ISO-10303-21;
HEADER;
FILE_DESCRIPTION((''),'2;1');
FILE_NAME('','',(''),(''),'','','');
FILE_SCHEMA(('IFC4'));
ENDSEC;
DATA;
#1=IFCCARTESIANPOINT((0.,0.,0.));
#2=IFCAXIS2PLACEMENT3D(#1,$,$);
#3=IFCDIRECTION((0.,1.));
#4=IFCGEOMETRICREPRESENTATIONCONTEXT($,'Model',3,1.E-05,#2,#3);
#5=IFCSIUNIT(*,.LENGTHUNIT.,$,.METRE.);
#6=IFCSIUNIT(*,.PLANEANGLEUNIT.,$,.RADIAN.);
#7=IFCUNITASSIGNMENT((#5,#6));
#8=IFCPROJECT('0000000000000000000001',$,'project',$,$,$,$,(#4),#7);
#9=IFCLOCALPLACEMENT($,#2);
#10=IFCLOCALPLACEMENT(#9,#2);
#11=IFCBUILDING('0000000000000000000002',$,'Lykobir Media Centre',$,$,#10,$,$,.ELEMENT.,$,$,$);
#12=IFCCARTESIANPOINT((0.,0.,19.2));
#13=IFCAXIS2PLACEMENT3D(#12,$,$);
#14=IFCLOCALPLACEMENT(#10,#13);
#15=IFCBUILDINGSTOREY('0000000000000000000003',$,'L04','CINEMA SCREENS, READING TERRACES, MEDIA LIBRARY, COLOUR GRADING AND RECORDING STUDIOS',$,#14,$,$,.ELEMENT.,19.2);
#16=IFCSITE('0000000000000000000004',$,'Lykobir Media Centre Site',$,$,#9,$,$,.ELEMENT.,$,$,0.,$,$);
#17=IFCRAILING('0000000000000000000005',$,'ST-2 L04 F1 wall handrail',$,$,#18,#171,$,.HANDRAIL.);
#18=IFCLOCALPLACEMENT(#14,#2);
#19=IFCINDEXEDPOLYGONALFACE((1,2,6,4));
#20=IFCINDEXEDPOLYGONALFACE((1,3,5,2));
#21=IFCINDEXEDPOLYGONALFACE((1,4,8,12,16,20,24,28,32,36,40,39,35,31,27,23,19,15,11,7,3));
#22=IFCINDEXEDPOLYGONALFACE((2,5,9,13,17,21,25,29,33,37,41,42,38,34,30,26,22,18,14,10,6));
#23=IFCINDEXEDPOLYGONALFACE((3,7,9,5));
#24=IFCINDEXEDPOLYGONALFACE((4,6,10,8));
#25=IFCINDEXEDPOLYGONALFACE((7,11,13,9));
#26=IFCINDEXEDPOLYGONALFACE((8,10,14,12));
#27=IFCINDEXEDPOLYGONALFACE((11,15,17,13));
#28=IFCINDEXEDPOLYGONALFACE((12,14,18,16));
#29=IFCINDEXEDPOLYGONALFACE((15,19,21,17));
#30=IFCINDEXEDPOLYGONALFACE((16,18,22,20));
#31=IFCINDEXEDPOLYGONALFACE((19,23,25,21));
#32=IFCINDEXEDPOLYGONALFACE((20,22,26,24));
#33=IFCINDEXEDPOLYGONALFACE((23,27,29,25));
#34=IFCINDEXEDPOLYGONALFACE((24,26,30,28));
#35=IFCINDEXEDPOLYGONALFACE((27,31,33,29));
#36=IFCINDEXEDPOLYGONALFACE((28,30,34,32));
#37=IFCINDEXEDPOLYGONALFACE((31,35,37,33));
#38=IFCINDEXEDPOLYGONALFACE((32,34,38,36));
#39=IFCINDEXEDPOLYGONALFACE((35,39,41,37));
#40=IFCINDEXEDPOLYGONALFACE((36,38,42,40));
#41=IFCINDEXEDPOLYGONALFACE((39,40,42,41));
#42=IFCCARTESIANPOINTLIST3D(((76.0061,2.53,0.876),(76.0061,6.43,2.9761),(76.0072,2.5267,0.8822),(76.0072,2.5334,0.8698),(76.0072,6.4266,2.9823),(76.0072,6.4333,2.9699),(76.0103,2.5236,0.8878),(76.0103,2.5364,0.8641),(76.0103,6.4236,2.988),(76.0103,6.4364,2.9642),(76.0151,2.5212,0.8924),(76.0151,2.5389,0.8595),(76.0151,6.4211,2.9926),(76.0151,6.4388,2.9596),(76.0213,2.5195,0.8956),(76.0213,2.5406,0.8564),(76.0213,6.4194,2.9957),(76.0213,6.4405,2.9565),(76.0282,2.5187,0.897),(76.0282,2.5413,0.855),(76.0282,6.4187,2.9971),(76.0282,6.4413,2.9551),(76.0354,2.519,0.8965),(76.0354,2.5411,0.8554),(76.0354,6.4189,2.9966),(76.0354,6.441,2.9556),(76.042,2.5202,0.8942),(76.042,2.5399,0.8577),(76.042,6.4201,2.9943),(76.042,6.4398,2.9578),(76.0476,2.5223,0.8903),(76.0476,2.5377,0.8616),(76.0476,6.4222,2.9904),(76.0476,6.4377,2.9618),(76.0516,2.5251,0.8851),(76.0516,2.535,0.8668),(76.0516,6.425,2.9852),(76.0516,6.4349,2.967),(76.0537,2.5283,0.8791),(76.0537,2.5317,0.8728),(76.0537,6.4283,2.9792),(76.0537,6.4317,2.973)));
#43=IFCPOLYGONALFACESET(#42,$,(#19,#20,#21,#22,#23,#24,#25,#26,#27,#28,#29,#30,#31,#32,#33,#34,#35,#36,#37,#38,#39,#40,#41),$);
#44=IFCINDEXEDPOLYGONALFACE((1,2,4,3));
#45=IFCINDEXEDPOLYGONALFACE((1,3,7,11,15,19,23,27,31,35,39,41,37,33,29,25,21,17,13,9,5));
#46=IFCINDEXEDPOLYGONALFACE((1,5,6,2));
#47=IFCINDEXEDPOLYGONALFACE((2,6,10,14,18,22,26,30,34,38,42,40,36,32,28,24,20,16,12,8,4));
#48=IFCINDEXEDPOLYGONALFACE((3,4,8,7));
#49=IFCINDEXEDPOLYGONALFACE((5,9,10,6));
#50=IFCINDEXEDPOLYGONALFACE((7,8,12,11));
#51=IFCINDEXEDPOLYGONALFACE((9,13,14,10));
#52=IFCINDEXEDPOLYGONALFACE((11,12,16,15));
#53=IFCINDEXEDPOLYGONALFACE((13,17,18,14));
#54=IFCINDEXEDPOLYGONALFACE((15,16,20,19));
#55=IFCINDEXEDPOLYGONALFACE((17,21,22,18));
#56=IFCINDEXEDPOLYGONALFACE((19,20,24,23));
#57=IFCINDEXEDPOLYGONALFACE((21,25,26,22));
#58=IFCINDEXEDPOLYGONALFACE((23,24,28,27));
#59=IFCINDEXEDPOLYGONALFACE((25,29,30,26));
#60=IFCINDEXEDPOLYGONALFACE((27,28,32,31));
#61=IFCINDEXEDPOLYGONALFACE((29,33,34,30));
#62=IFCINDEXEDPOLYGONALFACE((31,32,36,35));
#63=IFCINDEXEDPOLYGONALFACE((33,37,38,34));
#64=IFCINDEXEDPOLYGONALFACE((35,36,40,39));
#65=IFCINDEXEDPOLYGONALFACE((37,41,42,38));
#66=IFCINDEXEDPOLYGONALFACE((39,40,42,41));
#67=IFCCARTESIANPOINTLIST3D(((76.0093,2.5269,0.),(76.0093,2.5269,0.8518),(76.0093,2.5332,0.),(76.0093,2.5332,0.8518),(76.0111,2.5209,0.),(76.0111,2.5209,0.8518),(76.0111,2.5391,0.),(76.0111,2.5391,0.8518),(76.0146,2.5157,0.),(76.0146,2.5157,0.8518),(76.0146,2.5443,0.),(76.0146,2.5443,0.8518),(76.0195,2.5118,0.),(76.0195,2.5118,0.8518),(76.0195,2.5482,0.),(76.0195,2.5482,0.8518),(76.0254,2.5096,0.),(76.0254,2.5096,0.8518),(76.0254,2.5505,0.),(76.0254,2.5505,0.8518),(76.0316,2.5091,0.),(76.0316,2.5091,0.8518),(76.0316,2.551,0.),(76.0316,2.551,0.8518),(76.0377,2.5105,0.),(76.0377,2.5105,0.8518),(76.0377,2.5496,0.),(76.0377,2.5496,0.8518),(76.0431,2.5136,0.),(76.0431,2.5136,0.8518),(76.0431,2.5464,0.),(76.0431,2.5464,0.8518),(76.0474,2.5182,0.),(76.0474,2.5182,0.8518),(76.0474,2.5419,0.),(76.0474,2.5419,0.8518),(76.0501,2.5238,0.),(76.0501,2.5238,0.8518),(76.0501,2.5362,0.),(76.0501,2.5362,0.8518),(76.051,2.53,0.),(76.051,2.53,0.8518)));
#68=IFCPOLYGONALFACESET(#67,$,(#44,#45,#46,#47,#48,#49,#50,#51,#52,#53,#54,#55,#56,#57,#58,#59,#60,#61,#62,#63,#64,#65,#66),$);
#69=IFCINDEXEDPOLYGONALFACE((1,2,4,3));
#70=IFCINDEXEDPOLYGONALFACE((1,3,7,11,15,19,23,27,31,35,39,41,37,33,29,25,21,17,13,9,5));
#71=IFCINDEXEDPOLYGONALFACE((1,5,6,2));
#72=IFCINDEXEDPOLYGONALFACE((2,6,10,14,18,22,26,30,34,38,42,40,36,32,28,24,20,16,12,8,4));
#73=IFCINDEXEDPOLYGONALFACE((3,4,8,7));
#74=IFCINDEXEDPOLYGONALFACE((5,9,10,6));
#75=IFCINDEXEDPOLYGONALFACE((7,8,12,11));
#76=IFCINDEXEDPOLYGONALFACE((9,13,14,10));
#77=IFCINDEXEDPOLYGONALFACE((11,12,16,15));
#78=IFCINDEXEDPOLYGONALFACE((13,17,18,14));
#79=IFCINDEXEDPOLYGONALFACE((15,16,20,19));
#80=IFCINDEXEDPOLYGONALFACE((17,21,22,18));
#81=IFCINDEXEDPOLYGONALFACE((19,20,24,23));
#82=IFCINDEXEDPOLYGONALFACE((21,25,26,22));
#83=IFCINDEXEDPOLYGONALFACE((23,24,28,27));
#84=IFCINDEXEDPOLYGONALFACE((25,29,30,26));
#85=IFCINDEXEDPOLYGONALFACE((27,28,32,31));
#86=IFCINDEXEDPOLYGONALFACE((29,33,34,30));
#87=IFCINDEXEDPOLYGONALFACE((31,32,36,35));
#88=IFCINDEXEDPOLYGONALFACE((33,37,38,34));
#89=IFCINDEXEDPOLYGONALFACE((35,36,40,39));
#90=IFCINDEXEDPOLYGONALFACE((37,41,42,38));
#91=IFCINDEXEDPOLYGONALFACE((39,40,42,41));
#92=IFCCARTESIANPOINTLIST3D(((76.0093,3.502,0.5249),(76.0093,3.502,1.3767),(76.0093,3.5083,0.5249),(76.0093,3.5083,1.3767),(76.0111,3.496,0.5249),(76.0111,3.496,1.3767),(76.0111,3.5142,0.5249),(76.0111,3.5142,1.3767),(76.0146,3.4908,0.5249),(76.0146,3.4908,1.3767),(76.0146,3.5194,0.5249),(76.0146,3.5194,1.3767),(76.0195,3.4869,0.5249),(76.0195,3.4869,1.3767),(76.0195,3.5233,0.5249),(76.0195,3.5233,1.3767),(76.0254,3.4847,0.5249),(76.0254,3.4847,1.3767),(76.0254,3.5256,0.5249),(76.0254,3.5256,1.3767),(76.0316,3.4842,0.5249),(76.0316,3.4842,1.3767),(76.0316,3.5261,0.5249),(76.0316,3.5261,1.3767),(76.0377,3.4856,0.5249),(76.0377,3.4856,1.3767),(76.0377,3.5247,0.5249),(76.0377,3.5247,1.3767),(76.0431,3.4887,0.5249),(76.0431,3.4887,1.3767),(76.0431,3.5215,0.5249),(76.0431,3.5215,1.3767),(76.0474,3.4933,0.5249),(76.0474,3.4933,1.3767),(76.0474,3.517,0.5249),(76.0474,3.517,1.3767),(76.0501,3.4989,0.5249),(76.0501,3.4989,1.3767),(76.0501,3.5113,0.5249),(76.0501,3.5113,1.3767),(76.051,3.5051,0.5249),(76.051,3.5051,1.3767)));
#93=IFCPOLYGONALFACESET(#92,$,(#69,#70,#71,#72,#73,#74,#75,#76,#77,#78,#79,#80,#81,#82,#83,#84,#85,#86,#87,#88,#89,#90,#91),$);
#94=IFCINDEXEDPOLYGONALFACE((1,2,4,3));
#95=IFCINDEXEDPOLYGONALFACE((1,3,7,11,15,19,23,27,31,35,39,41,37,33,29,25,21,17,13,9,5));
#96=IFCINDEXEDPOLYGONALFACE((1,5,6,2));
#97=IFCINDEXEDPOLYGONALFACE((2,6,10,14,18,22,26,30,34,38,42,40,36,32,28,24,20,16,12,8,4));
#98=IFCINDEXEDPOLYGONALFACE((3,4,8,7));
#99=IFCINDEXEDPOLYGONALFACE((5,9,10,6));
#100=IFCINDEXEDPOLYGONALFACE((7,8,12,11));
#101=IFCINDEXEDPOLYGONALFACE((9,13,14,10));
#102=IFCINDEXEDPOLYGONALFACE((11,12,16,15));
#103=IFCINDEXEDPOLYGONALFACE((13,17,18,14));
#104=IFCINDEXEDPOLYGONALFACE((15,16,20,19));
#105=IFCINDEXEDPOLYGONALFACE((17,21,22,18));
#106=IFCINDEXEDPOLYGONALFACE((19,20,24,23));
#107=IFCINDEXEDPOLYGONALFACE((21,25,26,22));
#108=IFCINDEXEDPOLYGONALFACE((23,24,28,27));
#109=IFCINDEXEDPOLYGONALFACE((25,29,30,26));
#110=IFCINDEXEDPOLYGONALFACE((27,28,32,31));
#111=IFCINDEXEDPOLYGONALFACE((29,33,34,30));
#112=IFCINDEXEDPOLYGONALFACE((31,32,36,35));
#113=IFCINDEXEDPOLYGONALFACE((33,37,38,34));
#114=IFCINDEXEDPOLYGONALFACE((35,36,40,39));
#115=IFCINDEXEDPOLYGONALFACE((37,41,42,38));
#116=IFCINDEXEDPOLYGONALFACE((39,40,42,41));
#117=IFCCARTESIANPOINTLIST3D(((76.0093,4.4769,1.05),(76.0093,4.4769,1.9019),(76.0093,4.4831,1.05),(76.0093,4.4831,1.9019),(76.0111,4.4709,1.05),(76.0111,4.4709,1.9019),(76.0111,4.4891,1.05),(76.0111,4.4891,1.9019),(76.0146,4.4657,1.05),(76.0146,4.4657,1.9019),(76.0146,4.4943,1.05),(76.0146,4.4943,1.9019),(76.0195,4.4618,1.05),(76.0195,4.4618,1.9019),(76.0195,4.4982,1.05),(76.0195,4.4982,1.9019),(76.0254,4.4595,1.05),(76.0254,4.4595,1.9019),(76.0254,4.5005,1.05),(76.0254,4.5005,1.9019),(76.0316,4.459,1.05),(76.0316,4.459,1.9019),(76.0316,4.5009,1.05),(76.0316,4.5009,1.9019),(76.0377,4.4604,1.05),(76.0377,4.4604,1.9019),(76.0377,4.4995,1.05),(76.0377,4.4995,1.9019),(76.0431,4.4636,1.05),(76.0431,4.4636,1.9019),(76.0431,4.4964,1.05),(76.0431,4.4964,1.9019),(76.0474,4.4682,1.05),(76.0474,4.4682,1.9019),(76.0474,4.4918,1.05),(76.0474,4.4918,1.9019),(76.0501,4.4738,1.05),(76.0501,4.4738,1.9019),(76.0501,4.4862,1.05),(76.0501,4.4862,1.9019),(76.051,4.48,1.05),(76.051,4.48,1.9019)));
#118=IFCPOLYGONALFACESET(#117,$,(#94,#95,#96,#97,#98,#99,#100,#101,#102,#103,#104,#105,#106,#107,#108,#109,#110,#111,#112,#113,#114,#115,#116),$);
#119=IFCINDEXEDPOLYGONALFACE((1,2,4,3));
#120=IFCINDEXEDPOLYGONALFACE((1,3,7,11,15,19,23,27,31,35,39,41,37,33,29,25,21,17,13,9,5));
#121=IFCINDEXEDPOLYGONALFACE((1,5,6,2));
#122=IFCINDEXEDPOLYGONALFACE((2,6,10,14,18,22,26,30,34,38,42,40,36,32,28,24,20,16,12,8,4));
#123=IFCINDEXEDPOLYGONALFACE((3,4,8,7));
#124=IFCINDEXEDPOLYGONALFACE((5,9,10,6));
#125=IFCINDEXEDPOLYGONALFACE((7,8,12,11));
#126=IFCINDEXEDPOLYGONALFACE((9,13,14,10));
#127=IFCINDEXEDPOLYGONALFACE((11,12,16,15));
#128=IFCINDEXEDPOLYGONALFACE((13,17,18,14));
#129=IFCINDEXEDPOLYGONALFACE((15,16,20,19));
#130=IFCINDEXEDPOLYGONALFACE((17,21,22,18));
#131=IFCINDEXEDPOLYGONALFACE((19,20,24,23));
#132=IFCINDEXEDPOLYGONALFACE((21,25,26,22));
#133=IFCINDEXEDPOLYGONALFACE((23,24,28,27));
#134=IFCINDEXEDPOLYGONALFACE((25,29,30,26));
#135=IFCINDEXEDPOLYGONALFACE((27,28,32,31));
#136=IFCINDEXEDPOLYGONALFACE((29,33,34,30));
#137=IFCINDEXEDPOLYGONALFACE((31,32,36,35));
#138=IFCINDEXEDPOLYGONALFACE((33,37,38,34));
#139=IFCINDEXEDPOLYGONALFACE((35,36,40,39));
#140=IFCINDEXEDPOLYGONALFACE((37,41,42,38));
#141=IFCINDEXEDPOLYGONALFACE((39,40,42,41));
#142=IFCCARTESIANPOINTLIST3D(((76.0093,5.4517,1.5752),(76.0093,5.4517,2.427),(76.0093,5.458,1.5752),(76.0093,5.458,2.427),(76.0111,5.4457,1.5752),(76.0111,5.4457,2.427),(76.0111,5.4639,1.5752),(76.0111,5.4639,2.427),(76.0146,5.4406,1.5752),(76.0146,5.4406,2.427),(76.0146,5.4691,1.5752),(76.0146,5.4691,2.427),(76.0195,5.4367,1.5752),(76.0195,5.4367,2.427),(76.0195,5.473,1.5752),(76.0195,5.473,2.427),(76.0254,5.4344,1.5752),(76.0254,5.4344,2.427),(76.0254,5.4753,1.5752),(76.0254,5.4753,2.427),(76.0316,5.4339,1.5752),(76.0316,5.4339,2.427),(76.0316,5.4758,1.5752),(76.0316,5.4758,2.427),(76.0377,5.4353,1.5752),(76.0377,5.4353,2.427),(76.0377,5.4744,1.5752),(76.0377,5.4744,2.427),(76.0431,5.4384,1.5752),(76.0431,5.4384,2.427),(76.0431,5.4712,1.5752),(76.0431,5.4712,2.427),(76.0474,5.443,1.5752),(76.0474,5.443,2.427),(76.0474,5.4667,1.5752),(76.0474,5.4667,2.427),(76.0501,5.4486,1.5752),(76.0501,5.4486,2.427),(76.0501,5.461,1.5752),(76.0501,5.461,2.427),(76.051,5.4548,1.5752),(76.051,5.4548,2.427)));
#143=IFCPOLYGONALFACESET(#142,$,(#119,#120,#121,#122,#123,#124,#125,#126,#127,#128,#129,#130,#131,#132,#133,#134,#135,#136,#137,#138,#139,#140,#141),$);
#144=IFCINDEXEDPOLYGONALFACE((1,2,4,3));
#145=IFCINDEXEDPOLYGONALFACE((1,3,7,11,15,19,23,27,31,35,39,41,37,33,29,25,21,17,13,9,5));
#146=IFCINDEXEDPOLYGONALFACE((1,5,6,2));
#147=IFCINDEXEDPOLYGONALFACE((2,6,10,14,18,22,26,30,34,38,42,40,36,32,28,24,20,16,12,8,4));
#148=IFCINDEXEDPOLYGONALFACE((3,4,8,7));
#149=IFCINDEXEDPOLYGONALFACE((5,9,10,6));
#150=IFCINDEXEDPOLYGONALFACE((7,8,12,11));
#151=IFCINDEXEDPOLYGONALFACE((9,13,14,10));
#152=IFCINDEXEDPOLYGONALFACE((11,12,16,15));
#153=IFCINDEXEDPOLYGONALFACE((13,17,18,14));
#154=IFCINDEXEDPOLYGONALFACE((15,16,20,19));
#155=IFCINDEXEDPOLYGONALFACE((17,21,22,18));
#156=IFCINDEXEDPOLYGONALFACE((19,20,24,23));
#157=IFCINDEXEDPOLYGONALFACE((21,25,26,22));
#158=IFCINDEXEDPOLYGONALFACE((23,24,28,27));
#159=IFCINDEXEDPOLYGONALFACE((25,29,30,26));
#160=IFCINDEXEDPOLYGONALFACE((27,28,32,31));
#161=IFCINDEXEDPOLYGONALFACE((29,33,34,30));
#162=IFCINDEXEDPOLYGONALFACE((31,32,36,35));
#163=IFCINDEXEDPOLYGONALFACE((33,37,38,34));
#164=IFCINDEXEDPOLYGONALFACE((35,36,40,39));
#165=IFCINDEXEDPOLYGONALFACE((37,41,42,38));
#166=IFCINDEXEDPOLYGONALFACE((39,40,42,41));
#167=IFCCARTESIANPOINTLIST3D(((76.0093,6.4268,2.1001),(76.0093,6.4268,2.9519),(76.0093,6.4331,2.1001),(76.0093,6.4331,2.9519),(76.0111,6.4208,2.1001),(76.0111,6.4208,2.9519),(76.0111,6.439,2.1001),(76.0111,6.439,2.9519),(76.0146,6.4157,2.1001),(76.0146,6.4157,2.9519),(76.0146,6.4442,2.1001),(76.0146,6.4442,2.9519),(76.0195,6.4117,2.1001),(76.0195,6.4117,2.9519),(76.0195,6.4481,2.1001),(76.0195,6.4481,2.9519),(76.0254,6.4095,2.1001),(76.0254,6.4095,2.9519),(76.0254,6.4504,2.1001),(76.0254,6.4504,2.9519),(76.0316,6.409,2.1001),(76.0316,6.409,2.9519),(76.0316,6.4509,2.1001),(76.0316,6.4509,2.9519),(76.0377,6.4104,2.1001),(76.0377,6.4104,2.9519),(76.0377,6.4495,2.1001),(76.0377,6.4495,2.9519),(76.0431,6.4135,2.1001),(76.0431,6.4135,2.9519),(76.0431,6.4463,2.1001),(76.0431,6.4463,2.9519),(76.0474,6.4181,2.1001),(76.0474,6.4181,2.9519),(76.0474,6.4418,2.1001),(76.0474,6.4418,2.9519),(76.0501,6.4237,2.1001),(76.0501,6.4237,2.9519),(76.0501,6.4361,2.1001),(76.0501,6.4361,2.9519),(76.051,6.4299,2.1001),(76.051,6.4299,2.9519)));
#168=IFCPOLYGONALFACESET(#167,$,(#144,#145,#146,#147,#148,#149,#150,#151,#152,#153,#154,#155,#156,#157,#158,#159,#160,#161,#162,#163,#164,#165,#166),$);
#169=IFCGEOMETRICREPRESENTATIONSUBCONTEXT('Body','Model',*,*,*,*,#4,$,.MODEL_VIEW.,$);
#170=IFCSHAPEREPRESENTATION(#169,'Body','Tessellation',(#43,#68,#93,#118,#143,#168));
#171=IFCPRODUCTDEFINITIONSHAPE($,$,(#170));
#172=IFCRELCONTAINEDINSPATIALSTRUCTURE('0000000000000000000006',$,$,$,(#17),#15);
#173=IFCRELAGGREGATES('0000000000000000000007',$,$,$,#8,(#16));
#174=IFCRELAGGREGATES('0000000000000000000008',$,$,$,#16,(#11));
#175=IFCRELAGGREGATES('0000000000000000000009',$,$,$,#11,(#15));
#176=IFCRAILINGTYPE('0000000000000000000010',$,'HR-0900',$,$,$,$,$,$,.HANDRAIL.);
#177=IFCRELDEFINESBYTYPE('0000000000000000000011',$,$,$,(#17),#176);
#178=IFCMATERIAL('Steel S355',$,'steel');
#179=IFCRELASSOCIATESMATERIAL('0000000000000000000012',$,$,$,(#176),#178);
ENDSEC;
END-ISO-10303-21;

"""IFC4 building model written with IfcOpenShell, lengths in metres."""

from ifc_helpers import new_model, si_unit, direction, frame, origin, origin_2d, place, context, subcontext, project, spatial, circle, extrude, material, type_object, element, save


model = new_model("IFC4")

# Units and contexts
model_context = context("Model", 3, precision=1e-05, world=origin(), true_north=direction((0.0, 1.0)))
body_context = subcontext(model_context, "Body", "Model", "MODEL_VIEW")
ifc_project = project(units=[si_unit("LENGTHUNIT", "METRE"), si_unit("PLANEANGLEUNIT", "RADIAN")], contexts=[model_context])

# Site, building, storey
site_placement = place(None, origin())
site = spatial("IfcSite", under=ifc_project, at=site_placement, Name="Lykobir Media Centre Site", CompositionType="ELEMENT", RefElevation=0.0)
building_placement = place(site_placement, origin())
building = spatial("IfcBuilding", under=site, at=building_placement, Name="Lykobir Media Centre", CompositionType="ELEMENT")
storey_placement = place(building_placement, frame((0.0, 0.0, 19.2)))
storey = spatial("IfcBuildingStorey", under=building, at=storey_placement, Name="L04", Description="CINEMA SCREENS, READING TERRACES, MEDIA LIBRARY, COLOUR GRADING AND RECORDING STUDIOS", CompositionType="ELEMENT", Elevation=19.2)

# Shared definitions
ifc_material_1 = material(Name="Steel S355", Category="steel")

# Railing
railing_type_1 = type_object("IfcRailingType", Name="HR-0900", PredefinedType="HANDRAIL", material=ifc_material_1)
railing_1_placement = place(storey_placement, frame((76.03, 2.53, 0.0)))
element("IfcRailing", 1, at=railing_1_placement, inside=storey, type_object=railing_type_1, Name="ST-2 L04 F1 wall handrail", PredefinedType="HANDRAIL", context=body_context, shape_type="SweptSolid", body=[
    extrude(circle(Radius=0.0239, at=origin_2d()), frame((0.0, 0.0, 0.876), z_axis=(0.0, 0.880457, 0.474126), x_axis=(-1.0, 0.0, 0.0)), (0.0, 0.0, 1.0), 4.4294),
    extrude(circle(Radius=0.021, at=origin_2d()), origin(), (0.0, 0.0, 1.0), 0.8518),
    extrude(circle(Radius=0.021, at=origin_2d()), frame((0.0, 0.9751, 0.5249)), (0.0, 0.0, 1.0), 0.8518),
    extrude(circle(Radius=0.021, at=origin_2d()), frame((0.0, 1.95, 1.05)), (0.0, 0.0, 1.0), 0.8518),
    extrude(circle(Radius=0.021, at=origin_2d()), frame((0.0, 2.9248, 1.5752)), (0.0, 0.0, 1.0), 0.8518),
    extrude(circle(Radius=0.021, at=origin_2d()), frame((0.0, 3.8999, 2.1001)), (0.0, 0.0, 1.0), 0.8518),
])

save(model, "model.ifc")
